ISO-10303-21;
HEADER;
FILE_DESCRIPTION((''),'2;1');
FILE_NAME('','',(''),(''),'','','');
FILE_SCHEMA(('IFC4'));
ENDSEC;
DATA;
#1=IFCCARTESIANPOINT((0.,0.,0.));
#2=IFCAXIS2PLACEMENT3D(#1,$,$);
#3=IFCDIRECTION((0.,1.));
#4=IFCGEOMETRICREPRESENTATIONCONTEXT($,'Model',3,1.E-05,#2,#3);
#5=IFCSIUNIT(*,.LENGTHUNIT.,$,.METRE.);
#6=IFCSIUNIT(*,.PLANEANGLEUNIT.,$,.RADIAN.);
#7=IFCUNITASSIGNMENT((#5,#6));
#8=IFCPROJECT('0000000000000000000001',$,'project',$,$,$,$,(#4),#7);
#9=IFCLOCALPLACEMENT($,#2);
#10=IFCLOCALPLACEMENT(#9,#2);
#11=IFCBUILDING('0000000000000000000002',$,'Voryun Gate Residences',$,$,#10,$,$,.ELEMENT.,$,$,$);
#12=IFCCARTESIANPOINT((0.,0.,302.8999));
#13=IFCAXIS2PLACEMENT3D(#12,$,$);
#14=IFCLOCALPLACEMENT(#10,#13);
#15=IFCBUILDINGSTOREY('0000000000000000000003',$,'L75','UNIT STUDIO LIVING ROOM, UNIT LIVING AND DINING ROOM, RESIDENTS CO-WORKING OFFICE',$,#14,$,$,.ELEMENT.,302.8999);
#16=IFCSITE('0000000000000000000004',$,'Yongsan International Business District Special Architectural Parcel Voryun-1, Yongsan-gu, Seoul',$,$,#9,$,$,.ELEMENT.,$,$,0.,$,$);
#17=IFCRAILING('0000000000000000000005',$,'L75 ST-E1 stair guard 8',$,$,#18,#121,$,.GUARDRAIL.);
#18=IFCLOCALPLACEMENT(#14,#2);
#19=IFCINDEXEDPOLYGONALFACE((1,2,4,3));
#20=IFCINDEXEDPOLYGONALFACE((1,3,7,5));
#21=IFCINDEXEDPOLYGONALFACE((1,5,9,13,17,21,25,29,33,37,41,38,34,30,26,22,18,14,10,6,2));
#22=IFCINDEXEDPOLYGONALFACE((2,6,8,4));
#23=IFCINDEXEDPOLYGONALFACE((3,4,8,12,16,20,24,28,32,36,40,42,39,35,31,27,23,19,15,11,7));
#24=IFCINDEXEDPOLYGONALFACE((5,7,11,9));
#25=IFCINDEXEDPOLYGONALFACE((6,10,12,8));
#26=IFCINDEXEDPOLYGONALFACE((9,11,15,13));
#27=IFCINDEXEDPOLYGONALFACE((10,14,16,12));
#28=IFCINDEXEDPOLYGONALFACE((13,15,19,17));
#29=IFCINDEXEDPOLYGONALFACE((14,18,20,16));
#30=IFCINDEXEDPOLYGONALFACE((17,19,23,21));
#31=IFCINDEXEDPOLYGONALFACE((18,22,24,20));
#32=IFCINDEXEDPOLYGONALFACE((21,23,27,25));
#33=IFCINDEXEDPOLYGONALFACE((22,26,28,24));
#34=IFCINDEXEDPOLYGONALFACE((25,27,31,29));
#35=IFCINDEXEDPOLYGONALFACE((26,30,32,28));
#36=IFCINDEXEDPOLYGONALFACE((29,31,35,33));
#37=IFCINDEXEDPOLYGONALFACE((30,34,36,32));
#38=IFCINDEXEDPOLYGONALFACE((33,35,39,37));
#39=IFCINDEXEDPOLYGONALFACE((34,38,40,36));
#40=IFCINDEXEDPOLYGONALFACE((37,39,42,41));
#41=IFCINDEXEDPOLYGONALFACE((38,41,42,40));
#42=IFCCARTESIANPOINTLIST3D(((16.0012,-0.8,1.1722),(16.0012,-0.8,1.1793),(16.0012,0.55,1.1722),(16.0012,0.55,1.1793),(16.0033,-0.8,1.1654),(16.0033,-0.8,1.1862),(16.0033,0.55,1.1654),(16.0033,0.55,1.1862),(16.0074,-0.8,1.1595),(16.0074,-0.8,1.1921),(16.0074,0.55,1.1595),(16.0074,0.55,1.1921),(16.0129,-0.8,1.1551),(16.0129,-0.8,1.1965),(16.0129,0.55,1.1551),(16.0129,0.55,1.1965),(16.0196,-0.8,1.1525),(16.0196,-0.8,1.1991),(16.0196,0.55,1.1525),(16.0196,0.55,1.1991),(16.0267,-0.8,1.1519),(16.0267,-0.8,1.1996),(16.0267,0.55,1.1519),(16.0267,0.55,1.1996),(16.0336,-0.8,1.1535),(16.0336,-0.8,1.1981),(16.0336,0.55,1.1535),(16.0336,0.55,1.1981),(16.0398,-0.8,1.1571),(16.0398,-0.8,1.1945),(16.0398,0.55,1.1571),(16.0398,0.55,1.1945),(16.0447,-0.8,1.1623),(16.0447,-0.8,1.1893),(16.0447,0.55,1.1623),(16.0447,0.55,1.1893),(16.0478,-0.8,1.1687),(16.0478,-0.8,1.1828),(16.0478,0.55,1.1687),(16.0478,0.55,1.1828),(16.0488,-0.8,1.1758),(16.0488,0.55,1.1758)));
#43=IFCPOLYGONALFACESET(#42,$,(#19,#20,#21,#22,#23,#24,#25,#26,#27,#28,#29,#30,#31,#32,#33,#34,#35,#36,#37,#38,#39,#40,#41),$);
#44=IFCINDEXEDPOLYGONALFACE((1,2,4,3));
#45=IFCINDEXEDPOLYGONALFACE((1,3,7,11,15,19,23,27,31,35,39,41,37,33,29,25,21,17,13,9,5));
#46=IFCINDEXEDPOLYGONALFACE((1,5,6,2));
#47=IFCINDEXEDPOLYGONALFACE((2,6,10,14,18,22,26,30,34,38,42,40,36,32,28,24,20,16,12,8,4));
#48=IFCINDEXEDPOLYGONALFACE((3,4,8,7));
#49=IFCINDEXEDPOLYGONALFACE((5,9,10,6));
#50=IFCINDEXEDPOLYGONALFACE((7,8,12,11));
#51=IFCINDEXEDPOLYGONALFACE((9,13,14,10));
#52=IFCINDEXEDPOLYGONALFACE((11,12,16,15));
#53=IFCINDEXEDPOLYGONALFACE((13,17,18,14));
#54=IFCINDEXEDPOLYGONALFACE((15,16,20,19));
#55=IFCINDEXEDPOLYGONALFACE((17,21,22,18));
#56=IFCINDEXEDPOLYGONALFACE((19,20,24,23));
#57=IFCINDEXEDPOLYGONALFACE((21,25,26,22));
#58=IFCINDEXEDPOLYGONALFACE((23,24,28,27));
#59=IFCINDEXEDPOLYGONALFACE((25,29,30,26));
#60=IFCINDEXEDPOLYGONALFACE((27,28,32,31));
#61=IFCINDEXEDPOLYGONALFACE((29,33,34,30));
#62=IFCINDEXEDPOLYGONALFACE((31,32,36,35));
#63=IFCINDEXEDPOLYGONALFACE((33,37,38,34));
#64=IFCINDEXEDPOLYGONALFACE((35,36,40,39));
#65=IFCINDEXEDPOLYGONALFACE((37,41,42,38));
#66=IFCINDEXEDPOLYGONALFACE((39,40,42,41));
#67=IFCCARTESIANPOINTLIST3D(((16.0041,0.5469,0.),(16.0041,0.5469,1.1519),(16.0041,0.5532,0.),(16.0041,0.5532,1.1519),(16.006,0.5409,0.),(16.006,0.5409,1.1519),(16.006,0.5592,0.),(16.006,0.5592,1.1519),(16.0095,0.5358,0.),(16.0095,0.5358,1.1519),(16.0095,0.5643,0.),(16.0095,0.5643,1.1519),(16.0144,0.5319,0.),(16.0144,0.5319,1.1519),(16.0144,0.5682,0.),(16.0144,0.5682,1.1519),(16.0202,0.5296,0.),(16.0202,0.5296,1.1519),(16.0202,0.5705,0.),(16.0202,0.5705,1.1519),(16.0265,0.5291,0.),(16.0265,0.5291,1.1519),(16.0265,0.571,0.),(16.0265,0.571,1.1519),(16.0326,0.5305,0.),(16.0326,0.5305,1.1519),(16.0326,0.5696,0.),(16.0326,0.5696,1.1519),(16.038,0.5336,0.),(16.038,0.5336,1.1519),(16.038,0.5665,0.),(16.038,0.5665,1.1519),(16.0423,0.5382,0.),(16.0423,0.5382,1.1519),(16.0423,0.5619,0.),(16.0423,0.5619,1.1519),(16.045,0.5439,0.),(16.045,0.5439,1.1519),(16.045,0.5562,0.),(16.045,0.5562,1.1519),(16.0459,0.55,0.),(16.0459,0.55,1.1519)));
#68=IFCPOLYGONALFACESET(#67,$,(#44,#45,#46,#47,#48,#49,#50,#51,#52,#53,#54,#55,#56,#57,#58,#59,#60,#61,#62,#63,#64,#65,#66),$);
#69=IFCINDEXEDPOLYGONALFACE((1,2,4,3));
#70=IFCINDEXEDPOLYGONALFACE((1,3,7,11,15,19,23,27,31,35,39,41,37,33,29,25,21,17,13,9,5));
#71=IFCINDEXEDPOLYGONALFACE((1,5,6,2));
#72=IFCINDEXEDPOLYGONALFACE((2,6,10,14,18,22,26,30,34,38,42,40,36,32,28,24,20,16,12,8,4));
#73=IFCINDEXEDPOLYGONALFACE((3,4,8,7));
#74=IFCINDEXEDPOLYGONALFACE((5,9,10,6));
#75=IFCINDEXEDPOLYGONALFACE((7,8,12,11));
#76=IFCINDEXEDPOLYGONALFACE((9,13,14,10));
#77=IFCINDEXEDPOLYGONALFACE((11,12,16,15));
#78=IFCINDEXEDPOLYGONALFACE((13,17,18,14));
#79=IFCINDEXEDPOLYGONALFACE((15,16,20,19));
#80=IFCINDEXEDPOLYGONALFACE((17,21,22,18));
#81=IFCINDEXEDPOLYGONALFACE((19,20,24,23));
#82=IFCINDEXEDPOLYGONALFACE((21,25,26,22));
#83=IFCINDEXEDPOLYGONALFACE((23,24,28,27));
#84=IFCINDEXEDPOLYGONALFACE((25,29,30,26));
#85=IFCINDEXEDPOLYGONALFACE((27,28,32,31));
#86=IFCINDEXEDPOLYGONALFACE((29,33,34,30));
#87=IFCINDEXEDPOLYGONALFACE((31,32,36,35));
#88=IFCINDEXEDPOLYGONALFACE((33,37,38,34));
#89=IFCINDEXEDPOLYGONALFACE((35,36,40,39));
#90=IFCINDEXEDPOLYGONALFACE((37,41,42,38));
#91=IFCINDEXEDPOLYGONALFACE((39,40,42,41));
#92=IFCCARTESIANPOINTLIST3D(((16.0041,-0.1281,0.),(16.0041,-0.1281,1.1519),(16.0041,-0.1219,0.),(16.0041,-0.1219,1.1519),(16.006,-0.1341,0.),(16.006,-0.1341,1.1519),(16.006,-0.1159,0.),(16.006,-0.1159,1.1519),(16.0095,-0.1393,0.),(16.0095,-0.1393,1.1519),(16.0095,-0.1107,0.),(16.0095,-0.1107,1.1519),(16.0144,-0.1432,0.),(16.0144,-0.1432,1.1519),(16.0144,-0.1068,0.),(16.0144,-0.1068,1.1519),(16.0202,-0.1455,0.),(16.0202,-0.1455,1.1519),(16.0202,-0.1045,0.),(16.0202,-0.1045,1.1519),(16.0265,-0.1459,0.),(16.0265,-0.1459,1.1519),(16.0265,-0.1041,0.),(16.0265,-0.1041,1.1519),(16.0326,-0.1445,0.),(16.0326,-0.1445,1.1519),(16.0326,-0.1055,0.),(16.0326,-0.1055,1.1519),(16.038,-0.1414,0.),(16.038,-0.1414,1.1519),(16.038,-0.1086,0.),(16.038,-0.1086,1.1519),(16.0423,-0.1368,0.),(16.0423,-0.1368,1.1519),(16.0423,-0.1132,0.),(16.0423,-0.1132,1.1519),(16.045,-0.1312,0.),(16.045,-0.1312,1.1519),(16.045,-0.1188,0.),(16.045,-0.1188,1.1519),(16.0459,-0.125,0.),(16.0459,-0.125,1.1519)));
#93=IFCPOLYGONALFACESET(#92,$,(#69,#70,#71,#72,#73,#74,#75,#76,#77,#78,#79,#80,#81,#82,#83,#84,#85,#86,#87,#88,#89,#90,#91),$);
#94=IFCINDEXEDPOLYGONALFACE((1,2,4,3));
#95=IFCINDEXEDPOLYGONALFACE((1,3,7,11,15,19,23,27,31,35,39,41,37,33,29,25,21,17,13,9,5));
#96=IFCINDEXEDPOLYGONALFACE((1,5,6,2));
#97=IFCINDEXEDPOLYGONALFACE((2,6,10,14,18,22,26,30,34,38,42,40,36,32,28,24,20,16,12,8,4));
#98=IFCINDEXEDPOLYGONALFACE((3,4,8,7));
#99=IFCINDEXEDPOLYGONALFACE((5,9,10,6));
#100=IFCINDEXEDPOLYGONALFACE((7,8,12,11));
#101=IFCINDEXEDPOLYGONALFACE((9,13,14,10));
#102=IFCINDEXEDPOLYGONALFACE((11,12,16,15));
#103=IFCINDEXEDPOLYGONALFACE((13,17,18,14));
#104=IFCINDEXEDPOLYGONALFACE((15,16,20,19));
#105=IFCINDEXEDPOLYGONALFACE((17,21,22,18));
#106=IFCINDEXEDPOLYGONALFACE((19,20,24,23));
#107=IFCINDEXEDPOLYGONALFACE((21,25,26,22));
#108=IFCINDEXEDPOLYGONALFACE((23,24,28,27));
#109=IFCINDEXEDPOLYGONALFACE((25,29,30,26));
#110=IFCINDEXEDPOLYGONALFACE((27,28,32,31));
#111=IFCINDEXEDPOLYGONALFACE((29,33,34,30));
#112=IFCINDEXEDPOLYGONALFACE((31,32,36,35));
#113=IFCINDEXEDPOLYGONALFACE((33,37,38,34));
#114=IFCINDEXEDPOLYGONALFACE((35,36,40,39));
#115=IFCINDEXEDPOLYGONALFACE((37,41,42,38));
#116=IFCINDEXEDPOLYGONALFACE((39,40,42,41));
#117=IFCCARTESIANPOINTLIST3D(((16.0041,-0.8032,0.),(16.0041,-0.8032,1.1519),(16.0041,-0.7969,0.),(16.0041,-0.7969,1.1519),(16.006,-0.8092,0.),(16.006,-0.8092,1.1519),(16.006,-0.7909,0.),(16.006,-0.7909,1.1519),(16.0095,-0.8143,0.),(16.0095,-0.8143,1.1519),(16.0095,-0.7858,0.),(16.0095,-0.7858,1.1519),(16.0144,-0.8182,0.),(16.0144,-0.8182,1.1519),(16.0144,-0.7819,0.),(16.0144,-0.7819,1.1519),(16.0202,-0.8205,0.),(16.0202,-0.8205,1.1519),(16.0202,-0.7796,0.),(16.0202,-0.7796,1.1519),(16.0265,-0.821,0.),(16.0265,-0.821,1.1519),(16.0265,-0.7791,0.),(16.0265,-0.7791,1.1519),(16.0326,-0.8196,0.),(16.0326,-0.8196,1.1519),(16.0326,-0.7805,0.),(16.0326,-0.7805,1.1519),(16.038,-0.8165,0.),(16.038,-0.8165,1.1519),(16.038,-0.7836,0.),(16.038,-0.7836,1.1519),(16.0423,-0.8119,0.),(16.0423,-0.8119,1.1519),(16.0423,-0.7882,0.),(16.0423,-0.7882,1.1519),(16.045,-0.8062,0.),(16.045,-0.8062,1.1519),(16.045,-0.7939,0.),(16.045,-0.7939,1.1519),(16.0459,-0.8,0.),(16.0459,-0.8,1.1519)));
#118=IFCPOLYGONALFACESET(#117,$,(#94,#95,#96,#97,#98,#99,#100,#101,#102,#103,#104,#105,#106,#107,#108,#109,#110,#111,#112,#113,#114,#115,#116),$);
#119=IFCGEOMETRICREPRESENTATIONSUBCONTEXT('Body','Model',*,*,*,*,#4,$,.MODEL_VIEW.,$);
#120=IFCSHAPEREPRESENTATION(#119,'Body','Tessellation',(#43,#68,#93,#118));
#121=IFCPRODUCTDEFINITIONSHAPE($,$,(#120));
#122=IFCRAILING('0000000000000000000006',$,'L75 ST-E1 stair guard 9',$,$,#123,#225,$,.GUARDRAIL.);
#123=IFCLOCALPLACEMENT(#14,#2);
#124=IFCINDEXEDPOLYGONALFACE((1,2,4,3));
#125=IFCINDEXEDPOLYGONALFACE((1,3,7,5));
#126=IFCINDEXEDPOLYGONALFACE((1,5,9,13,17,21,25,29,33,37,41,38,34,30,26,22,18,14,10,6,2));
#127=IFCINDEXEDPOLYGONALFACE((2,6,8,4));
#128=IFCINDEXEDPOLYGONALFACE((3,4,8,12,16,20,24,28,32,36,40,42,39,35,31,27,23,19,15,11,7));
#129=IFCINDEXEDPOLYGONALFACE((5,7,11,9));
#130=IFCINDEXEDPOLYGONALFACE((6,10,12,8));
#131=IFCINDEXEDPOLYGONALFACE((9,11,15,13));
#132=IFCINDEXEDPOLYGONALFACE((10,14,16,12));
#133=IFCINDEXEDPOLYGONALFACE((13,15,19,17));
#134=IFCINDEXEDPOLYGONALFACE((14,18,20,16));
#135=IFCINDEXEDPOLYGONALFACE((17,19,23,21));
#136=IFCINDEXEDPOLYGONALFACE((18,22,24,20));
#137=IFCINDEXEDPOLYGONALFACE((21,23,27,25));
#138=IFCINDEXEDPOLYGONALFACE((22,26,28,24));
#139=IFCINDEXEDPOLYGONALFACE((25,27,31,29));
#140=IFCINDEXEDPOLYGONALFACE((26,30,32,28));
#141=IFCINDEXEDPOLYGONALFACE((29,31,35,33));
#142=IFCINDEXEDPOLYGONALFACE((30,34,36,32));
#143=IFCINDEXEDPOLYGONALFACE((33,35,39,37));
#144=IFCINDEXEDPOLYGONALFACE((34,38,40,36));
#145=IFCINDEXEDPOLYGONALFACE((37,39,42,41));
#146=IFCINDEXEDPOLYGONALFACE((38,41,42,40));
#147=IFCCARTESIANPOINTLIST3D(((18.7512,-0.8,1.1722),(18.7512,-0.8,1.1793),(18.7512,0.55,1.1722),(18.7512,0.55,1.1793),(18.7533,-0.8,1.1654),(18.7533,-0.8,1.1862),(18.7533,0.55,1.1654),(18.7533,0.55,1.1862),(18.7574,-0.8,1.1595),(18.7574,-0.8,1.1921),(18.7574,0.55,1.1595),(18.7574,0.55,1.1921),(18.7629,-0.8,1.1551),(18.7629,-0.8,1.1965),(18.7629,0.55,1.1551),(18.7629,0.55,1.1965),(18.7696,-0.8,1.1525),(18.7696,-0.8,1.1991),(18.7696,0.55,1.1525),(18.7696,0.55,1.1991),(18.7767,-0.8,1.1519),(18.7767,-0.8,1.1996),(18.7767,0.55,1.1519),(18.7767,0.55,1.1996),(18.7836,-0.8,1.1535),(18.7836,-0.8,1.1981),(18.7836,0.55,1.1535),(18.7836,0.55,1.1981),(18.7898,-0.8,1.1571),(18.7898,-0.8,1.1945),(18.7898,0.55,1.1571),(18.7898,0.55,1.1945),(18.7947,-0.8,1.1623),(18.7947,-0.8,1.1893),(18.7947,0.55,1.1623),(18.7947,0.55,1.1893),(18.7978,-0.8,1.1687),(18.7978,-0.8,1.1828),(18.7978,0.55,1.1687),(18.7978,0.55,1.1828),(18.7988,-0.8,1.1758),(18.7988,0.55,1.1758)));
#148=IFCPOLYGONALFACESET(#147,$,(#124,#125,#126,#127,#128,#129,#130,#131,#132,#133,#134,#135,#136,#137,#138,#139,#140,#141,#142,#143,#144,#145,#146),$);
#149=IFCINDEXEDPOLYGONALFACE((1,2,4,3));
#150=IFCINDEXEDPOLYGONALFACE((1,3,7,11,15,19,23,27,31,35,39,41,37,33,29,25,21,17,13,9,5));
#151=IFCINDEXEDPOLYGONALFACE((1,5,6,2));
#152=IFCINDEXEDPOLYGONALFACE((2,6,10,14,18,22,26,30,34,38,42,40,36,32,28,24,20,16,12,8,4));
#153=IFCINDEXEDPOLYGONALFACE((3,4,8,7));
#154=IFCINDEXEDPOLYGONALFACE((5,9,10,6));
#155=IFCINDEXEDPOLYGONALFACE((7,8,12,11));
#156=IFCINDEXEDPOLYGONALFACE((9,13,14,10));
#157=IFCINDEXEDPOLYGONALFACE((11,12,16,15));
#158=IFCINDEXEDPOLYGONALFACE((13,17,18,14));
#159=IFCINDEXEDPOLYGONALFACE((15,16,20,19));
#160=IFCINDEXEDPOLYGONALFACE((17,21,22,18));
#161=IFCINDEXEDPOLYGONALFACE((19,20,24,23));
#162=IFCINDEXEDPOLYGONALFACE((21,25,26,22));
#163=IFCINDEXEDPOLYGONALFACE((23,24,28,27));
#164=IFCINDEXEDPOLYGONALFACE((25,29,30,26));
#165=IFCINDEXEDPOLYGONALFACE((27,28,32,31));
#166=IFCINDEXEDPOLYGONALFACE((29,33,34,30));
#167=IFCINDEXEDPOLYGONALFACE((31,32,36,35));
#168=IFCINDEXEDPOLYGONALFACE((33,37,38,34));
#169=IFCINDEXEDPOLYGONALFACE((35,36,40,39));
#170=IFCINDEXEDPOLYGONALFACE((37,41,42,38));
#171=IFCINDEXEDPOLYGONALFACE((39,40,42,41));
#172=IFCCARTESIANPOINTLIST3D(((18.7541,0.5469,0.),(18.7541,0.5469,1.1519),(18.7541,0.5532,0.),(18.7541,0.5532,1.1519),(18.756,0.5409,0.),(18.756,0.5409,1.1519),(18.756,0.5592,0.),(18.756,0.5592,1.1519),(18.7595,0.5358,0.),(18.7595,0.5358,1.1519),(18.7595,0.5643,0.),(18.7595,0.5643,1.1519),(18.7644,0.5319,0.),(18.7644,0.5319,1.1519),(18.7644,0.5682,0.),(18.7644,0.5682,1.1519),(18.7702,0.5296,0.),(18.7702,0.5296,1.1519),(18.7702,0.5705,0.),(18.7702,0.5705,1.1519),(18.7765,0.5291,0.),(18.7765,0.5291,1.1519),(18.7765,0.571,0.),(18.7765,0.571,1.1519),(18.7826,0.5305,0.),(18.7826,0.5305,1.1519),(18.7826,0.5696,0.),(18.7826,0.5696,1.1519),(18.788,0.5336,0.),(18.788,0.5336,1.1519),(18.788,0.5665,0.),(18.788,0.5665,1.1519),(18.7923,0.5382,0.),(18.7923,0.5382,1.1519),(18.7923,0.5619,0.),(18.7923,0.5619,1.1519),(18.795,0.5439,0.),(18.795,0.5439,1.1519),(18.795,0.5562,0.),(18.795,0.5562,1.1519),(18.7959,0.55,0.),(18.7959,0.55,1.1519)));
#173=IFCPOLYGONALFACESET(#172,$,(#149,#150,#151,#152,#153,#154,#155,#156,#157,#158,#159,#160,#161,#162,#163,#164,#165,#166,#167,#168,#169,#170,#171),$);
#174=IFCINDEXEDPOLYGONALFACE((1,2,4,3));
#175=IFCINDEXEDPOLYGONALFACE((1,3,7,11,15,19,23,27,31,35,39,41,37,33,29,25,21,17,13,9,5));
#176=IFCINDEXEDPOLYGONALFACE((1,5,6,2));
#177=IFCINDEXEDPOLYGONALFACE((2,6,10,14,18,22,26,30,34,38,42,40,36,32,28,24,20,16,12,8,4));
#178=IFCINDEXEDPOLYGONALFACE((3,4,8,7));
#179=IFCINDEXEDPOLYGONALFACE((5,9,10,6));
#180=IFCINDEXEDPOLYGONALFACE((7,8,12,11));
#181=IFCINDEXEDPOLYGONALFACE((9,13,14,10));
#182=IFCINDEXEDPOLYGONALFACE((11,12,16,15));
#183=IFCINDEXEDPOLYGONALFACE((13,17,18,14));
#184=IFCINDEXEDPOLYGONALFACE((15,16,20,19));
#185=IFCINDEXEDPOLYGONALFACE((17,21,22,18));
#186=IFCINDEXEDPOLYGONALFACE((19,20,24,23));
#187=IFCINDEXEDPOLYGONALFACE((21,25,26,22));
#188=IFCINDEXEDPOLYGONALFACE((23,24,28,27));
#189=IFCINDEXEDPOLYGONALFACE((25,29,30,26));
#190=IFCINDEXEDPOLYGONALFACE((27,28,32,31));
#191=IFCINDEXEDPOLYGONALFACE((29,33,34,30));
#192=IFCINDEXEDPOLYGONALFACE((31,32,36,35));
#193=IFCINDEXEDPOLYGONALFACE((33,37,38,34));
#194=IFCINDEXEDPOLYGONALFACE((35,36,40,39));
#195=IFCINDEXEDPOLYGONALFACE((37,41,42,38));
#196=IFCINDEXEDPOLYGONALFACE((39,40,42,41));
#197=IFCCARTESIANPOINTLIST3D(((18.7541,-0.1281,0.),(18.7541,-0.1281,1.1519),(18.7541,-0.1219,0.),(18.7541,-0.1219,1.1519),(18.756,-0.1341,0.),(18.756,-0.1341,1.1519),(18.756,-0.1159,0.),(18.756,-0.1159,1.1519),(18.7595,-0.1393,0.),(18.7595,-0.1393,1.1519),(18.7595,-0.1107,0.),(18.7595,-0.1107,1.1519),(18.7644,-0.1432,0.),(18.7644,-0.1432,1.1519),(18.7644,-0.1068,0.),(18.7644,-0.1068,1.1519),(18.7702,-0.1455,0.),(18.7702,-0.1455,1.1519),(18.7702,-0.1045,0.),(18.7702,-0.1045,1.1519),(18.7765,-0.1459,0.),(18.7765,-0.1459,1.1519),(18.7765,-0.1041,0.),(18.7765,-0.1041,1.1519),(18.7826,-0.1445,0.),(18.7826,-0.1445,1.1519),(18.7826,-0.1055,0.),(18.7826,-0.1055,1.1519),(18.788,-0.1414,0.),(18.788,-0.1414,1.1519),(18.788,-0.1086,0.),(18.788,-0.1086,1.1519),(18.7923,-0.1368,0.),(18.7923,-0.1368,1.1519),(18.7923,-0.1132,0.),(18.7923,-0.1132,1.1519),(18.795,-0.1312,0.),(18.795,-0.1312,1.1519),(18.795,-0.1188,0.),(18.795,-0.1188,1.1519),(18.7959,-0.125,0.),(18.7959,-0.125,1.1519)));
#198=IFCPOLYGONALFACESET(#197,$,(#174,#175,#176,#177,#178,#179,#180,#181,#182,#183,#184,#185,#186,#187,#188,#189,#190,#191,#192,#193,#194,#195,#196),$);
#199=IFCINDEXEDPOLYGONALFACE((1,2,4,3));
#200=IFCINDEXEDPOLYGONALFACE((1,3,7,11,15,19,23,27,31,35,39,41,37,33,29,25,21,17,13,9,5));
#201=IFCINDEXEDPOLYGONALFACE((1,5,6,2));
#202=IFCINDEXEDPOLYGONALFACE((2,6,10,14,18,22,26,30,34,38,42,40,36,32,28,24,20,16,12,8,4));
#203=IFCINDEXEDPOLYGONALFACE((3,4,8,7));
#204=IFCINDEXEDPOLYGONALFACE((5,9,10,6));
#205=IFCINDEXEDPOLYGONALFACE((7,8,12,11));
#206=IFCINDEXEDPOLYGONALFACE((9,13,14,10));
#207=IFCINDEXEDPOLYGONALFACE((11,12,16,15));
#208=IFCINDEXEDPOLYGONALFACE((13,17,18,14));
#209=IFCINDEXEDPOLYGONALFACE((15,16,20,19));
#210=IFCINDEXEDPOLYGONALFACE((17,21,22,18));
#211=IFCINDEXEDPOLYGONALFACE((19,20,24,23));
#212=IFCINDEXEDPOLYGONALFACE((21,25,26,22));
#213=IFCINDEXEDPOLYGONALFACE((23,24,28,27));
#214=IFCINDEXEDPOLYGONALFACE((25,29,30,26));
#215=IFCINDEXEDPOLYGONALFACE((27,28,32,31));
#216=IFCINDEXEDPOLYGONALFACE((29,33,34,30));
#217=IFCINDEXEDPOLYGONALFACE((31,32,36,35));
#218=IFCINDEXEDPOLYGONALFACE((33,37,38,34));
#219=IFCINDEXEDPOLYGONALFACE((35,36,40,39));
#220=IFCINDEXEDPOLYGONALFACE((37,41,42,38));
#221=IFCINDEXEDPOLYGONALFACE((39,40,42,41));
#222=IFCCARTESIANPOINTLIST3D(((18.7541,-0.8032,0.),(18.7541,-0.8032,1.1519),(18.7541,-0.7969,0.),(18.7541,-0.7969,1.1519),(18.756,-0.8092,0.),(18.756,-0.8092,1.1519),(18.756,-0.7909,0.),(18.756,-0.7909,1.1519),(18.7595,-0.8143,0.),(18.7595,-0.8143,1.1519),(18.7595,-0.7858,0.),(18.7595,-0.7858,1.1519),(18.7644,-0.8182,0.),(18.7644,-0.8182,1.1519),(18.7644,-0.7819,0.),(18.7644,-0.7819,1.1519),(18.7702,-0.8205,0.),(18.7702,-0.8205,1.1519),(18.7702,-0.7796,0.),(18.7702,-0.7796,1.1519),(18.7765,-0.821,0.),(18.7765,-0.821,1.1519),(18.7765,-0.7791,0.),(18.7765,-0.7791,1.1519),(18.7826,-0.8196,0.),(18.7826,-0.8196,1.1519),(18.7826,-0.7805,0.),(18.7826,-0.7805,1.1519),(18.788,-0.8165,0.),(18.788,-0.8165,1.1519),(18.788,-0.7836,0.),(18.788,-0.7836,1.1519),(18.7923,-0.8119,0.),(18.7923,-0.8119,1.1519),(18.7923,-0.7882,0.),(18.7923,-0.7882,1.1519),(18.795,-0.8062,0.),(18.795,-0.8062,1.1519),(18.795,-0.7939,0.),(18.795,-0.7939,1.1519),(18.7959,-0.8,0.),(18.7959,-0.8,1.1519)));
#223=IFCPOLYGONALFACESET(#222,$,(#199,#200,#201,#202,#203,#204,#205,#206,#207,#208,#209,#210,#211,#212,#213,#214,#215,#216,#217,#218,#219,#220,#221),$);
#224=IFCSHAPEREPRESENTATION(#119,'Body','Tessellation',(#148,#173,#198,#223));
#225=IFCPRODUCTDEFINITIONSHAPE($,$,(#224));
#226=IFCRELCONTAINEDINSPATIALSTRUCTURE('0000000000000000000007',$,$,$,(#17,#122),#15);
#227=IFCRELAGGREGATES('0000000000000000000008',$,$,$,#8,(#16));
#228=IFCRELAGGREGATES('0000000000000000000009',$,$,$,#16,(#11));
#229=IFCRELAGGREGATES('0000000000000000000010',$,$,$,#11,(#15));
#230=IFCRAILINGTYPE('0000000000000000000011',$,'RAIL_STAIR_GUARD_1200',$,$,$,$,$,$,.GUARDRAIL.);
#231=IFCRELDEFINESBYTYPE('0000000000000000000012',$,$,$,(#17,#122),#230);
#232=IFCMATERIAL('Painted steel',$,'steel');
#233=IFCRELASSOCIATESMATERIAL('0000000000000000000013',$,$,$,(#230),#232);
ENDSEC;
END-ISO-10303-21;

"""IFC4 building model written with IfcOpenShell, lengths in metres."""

from ifc_helpers import new_model, si_unit, direction, frame, origin, origin_2d, place, context, subcontext, project, spatial, circle, extrude, material, type_object, element, save


model = new_model("IFC4")

# Units and contexts
model_context = context("Model", 3, precision=1e-05, world=origin(), true_north=direction((0.0, 1.0)))
body_context = subcontext(model_context, "Body", "Model", "MODEL_VIEW")
ifc_project = project(units=[si_unit("LENGTHUNIT", "METRE"), si_unit("PLANEANGLEUNIT", "RADIAN")], contexts=[model_context])

# Site, building, storey
site_placement = place(None, origin())
site = spatial("IfcSite", under=ifc_project, at=site_placement, Name="Yongsan International Business District Special Architectural Parcel Voryun-1, Yongsan-gu, Seoul", CompositionType="ELEMENT", RefElevation=0.0)
building_placement = place(site_placement, origin())
building = spatial("IfcBuilding", under=site, at=building_placement, Name="Voryun Gate Residences", CompositionType="ELEMENT")
storey_placement = place(building_placement, frame((0.0, 0.0, 302.8999)))
storey = spatial("IfcBuildingStorey", under=building, at=storey_placement, Name="L75", Description="UNIT STUDIO LIVING ROOM, UNIT LIVING AND DINING ROOM, RESIDENTS CO-WORKING OFFICE", CompositionType="ELEMENT", Elevation=302.8999)

# Railings
ifc_material_1 = material(Name="Painted steel", Category="steel")
railing_type = type_object("IfcRailingType", Name="RAIL_STAIR_GUARD_1200", PredefinedType="GUARDRAIL", material=ifc_material_1)
for number, where, name in (
    (1, (16.0249, 0.55, 0.0), "L75 ST-E1 stair guard 8"),
    (2, (18.7749, 0.55, 0.0), "L75 ST-E1 stair guard 9"),
):
    element("IfcRailing", number, at=place(storey_placement, frame(where)), inside=storey, type_object=railing_type, Name=name, PredefinedType="GUARDRAIL", context=body_context, shape_type="SweptSolid", body=[
        extrude(circle(Radius=0.0239, at=origin_2d()), frame((0.0, 0.0, 1.1758), z_axis=(0.0, -1.0, 0.0), x_axis=(1.0, 0.0, 0.0)), (0.0, 0.0, 1.0), 1.3501),
        extrude(circle(Radius=0.021, at=origin_2d()), origin(), (0.0, 0.0, 1.0), 1.1519),
        extrude(circle(Radius=0.021, at=origin_2d()), frame((0.0, -0.675, 0.0)), (0.0, 0.0, 1.0), 1.1519),
        extrude(circle(Radius=0.021, at=origin_2d()), frame((0.0, -1.3501, 0.0)), (0.0, 0.0, 1.0), 1.1519),
    ])

save(model, "model.ifc")
